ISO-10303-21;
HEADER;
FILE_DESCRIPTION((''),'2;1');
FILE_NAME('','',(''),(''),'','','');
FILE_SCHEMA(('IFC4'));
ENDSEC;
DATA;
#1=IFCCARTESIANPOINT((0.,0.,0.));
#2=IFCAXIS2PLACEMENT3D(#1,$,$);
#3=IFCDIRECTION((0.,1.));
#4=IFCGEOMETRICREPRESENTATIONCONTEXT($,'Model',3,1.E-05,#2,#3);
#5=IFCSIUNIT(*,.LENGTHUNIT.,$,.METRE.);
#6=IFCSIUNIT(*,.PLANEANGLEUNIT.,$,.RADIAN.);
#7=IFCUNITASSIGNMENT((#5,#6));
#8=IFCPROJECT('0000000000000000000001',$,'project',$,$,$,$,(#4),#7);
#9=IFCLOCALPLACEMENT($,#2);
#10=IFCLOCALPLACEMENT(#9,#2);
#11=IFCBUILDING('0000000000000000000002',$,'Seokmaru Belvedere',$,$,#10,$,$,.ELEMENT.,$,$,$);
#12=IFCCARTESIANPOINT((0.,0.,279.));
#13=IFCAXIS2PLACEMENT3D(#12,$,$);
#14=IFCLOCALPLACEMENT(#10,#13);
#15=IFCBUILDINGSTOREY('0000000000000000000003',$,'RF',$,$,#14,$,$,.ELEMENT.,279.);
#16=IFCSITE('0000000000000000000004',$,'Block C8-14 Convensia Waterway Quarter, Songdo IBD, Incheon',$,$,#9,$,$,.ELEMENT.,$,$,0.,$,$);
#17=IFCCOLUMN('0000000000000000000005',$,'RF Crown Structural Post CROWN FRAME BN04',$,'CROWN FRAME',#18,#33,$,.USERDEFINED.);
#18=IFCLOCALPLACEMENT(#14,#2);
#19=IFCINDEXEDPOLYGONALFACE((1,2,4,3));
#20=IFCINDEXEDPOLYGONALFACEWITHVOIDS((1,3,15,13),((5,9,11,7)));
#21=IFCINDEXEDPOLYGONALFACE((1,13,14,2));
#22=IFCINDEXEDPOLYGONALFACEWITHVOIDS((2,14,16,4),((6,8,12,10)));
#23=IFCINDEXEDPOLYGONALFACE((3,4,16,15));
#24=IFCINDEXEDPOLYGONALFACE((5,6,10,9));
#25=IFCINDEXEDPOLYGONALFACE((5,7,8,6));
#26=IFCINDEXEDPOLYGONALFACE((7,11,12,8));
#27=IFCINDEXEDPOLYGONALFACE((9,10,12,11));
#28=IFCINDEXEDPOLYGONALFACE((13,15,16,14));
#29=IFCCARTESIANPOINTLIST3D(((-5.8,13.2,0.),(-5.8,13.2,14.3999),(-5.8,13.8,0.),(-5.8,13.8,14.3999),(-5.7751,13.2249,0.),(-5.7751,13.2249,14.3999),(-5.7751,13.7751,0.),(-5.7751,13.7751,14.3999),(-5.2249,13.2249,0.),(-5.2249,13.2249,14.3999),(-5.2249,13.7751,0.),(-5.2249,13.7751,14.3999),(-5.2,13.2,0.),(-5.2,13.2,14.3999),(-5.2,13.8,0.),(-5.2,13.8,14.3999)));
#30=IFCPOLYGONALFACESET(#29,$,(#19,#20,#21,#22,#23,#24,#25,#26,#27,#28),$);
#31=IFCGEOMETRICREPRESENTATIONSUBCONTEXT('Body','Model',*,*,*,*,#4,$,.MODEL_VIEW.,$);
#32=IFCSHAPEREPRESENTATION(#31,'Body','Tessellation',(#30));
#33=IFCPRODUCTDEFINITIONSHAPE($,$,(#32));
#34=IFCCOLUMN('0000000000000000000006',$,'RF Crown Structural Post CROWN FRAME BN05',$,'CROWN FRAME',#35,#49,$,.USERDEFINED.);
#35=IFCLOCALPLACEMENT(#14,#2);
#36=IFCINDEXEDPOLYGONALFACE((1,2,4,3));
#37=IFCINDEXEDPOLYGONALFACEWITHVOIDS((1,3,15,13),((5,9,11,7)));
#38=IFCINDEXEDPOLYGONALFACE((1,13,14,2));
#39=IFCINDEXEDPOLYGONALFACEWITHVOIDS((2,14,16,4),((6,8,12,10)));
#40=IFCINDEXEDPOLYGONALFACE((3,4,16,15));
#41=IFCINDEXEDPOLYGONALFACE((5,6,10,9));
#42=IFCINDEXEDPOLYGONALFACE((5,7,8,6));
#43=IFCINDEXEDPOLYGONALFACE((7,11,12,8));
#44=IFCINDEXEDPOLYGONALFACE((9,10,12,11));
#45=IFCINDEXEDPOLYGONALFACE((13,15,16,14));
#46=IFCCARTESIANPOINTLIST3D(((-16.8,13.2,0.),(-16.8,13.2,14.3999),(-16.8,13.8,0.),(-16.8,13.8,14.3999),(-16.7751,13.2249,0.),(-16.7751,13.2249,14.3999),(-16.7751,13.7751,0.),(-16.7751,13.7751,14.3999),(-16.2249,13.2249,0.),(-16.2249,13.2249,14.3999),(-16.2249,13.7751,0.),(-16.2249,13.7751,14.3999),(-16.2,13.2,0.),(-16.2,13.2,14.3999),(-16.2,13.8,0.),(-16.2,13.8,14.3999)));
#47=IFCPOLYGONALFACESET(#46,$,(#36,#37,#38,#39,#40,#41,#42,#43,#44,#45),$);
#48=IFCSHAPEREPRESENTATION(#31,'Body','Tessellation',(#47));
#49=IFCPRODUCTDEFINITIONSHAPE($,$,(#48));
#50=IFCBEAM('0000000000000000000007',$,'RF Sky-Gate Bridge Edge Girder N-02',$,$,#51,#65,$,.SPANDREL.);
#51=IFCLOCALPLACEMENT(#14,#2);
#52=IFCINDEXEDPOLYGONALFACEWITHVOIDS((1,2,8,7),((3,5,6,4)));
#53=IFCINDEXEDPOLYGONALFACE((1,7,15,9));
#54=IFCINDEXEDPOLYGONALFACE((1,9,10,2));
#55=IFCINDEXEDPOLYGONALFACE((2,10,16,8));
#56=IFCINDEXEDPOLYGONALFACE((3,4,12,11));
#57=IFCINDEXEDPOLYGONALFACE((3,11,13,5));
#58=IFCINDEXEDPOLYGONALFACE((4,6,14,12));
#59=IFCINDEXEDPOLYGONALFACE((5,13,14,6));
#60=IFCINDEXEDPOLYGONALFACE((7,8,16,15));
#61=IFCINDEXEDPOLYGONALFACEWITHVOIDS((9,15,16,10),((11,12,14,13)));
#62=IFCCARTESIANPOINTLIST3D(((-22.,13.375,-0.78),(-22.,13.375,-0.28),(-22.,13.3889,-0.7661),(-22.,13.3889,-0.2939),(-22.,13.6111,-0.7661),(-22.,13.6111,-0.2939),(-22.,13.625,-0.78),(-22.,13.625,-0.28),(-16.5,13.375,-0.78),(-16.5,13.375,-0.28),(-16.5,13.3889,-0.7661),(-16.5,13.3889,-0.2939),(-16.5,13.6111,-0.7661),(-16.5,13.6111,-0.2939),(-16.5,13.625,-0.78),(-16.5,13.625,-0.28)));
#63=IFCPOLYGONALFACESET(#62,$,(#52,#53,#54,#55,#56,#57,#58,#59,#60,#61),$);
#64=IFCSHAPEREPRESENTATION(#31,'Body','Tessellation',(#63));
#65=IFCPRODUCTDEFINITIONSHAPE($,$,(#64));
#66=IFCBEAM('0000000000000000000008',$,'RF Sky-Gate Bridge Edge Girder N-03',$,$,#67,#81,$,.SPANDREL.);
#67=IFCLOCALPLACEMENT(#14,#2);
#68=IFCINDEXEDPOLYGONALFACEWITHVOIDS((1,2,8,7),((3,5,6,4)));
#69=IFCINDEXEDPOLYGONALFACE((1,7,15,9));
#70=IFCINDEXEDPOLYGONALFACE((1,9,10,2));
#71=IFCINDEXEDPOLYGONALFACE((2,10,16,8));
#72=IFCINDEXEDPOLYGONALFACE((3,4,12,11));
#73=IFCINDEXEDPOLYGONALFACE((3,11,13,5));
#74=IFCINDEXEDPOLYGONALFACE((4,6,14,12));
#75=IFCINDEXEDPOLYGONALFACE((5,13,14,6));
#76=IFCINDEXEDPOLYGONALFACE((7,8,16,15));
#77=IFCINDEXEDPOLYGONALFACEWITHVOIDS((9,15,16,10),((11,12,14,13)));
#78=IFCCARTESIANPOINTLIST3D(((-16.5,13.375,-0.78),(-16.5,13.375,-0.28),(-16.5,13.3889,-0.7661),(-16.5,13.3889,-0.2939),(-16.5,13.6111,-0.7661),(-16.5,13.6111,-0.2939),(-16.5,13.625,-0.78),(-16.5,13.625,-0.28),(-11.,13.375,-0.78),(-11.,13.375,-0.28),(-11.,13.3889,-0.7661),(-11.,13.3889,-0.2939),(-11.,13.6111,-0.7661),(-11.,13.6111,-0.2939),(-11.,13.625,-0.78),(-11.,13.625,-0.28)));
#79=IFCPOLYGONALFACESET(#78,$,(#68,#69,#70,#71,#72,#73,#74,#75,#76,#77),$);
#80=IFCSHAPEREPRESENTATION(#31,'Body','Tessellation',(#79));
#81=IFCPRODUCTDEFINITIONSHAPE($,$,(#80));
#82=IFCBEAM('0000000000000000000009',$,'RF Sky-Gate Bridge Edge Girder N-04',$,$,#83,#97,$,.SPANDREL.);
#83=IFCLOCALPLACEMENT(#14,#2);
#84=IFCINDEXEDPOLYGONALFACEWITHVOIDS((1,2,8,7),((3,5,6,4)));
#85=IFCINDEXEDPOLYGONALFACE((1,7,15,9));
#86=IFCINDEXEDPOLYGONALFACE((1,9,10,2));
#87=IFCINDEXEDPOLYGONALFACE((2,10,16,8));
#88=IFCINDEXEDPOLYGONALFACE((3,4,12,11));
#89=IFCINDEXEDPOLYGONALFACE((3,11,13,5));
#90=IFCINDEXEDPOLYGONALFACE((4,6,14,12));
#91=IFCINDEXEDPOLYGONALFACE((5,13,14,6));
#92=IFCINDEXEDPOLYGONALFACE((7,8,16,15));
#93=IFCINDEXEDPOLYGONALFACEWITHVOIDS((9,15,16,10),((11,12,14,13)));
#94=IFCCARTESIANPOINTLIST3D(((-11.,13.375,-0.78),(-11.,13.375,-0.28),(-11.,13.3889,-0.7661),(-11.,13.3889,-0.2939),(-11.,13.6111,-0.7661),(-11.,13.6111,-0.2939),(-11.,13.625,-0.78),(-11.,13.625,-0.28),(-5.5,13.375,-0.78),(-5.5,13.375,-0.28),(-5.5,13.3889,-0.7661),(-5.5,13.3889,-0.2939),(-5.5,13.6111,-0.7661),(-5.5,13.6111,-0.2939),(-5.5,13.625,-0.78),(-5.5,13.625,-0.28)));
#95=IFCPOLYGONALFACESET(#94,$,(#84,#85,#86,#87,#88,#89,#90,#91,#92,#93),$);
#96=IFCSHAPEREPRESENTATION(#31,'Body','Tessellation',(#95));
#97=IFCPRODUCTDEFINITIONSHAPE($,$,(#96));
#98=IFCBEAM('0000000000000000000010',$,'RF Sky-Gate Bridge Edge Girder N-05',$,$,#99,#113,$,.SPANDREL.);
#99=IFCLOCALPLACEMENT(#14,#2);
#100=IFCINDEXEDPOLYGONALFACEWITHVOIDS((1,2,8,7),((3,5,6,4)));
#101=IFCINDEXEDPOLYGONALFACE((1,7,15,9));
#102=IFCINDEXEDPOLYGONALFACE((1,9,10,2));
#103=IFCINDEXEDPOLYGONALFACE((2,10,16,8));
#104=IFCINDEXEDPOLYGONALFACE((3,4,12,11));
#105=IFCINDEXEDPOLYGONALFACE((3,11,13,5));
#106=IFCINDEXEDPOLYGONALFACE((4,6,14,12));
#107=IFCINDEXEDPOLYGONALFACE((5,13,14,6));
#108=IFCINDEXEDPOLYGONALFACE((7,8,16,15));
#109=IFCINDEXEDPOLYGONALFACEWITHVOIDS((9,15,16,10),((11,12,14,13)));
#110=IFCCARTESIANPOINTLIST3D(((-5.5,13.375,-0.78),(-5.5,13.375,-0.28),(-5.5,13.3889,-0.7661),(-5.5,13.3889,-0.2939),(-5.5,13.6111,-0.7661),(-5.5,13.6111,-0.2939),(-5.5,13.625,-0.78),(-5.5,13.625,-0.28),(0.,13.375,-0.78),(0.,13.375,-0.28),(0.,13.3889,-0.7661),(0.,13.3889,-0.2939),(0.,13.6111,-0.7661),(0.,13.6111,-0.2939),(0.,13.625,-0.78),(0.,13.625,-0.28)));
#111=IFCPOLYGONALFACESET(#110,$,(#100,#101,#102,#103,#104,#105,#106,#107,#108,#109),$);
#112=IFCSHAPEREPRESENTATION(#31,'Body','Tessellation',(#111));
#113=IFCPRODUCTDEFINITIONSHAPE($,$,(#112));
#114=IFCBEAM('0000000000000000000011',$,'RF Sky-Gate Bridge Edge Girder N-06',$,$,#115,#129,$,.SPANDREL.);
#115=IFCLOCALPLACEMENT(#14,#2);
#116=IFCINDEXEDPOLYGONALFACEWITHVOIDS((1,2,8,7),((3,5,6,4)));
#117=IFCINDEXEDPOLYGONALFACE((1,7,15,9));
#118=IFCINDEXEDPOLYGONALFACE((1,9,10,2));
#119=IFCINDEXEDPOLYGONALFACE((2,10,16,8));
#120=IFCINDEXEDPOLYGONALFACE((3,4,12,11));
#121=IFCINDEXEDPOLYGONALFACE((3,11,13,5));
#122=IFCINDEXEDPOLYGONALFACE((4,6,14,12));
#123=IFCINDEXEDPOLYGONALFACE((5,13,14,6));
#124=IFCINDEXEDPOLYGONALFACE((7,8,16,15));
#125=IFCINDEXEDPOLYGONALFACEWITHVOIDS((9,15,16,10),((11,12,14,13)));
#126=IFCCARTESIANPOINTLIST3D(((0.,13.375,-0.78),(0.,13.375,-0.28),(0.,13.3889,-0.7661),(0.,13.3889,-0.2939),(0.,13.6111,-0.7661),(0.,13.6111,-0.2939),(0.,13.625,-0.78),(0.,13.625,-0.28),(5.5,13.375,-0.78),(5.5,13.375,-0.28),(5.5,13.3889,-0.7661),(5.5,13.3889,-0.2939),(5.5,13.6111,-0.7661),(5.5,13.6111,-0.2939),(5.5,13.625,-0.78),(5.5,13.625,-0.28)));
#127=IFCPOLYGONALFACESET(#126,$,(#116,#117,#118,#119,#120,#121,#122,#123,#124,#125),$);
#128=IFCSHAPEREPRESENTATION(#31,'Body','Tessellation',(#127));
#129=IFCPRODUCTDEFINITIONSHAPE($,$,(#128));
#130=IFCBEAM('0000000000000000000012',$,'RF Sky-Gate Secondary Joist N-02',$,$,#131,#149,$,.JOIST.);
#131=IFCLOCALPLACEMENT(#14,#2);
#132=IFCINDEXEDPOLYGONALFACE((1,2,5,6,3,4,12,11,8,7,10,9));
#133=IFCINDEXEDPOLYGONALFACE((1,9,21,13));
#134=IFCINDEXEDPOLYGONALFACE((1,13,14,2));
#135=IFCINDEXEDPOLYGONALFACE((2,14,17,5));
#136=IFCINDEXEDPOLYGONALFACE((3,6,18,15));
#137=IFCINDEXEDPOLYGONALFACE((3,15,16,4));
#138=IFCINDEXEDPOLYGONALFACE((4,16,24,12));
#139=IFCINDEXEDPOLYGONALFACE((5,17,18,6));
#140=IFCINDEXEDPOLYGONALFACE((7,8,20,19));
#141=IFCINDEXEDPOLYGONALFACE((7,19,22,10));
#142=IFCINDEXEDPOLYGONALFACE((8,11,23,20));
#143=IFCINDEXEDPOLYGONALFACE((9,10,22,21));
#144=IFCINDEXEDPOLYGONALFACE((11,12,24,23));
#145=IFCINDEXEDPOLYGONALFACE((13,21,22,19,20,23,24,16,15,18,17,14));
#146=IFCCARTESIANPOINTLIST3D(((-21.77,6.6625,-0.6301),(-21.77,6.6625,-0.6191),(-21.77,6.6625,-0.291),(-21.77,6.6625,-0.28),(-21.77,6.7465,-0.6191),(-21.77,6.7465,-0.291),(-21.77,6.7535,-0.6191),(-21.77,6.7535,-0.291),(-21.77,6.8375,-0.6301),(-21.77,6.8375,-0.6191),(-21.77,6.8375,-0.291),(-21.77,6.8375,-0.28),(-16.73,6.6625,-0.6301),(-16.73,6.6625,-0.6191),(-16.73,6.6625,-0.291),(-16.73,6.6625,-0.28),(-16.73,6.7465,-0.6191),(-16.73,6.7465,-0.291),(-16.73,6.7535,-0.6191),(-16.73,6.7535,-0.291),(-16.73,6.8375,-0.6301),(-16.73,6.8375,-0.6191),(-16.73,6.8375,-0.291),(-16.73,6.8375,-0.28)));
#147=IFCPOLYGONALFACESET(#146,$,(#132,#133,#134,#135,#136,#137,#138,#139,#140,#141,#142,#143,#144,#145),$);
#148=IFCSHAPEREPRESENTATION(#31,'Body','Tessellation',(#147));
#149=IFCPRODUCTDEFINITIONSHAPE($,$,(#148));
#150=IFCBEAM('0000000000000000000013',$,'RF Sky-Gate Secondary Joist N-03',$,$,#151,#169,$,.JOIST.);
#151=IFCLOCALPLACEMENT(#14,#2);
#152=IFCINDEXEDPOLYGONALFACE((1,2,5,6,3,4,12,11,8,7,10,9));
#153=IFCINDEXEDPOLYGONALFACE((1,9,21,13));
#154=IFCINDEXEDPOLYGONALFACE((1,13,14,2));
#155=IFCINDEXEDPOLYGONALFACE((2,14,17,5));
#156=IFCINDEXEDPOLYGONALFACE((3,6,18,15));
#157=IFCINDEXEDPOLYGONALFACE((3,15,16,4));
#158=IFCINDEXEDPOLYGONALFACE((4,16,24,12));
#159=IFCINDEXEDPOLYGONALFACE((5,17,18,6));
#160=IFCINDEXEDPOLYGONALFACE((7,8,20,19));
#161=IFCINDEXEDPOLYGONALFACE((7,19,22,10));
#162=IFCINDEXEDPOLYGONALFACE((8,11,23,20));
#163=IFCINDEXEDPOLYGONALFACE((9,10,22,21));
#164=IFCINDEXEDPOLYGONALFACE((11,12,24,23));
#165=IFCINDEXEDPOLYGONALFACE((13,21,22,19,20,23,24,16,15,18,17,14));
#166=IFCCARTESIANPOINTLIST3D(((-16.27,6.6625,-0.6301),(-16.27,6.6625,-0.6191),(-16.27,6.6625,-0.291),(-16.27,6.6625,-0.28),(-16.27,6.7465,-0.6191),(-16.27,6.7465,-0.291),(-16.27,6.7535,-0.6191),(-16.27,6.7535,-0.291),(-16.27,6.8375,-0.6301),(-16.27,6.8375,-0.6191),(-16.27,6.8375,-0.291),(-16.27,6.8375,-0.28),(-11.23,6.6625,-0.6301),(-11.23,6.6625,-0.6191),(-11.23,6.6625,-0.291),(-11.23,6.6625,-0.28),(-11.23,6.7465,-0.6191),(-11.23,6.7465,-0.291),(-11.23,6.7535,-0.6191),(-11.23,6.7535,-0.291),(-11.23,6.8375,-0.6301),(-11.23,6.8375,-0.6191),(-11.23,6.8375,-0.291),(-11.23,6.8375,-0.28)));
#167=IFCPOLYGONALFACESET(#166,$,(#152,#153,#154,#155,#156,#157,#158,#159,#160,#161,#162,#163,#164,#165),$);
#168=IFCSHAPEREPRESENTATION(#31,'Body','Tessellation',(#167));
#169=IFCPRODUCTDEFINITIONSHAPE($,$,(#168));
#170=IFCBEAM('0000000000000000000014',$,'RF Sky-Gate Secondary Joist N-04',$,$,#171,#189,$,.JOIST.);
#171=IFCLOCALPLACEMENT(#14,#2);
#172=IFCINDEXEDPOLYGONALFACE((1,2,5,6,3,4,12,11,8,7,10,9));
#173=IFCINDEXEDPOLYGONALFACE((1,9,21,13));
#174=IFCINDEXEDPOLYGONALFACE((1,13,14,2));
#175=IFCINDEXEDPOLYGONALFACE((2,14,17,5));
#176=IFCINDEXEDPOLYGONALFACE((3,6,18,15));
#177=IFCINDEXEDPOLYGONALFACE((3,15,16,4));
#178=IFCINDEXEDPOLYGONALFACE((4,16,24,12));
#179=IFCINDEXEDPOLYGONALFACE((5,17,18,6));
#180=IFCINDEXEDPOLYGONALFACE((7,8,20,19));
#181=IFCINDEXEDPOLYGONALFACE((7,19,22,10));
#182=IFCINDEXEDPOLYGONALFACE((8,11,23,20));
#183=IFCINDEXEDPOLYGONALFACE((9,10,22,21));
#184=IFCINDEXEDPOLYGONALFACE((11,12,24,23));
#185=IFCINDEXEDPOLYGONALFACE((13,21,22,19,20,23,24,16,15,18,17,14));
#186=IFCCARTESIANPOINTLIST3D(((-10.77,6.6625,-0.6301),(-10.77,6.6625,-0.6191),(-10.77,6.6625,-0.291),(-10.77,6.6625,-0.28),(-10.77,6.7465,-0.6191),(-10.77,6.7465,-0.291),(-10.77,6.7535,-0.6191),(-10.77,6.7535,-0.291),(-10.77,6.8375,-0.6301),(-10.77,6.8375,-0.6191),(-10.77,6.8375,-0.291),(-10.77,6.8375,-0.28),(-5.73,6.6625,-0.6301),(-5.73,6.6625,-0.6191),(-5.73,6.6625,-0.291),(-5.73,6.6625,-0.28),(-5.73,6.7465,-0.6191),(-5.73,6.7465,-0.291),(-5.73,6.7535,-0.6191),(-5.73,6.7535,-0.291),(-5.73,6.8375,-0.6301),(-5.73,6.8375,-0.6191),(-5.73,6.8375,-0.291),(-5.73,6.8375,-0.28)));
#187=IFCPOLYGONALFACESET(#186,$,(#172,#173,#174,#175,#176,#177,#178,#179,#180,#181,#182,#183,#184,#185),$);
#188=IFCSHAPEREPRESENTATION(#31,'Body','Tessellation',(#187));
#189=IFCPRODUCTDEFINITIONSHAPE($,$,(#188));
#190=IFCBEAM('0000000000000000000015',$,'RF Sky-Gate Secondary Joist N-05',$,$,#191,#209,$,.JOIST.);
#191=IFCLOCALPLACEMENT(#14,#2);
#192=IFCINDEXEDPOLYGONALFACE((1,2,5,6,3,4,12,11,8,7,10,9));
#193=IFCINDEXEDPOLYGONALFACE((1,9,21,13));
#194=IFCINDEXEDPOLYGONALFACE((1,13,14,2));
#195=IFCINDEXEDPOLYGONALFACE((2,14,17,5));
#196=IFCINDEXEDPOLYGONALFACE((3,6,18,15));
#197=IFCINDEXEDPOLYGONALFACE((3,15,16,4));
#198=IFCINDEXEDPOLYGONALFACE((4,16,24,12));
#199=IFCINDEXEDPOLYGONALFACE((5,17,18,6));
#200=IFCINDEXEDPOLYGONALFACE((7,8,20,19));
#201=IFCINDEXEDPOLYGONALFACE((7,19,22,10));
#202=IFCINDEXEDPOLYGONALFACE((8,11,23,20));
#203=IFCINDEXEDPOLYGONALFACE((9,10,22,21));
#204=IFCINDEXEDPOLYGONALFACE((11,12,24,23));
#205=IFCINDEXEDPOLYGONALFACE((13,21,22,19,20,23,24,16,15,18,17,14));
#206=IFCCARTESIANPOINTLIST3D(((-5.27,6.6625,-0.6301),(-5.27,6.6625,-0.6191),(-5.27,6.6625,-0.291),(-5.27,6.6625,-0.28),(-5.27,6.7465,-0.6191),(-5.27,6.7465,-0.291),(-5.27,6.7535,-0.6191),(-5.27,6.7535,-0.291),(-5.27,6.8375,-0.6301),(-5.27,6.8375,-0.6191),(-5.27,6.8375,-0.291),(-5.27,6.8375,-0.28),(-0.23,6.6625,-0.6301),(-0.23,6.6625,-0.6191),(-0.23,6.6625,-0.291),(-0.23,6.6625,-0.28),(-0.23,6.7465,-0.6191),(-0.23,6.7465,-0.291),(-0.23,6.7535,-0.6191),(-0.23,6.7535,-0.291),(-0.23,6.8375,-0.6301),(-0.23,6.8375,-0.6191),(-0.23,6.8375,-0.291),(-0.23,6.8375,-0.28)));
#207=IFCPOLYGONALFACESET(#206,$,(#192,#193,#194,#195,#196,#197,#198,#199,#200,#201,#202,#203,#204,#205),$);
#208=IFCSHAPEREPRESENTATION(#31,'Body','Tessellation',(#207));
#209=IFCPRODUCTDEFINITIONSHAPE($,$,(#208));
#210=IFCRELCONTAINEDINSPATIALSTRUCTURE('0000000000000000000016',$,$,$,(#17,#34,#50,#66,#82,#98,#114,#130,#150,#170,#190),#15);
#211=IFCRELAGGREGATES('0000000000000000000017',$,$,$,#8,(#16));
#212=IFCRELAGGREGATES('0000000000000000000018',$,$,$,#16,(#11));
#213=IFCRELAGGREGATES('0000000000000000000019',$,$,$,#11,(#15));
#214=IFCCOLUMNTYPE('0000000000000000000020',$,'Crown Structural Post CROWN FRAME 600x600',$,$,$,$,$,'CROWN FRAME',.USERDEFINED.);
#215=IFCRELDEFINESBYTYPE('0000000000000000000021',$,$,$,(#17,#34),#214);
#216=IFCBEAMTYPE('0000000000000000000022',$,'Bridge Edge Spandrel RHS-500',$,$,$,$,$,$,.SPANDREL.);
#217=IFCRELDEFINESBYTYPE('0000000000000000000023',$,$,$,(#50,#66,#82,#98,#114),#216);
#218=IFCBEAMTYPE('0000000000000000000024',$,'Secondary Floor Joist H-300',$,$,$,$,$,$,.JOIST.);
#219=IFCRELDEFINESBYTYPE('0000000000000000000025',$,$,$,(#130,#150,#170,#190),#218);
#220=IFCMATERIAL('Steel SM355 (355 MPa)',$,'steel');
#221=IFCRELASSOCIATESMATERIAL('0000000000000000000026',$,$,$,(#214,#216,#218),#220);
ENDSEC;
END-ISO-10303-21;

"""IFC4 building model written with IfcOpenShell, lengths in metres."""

from ifc_helpers import new_model, si_unit, direction, frame, origin, origin_2d, place, context, subcontext, project, spatial, hollow_rectangle, i_section, extrude, source, transform, mapped, material, material_profile, profile_set, type_object, type_shapes, element, save


model = new_model("IFC4")

# Units and contexts
model_context = context("Model", 3, precision=1e-05, world=origin(), true_north=direction((0.0, 1.0)))
body_context = subcontext(model_context, "Body", "Model", "MODEL_VIEW")
ifc_project = project(units=[si_unit("LENGTHUNIT", "METRE"), si_unit("PLANEANGLEUNIT", "RADIAN")], contexts=[model_context])

# Site, building, storey
site_placement = place(None, origin())
site = spatial("IfcSite", under=ifc_project, at=site_placement, Name="Block C8-14 Convensia Waterway Quarter, Songdo IBD, Incheon", CompositionType="ELEMENT", RefElevation=0.0)
building_placement = place(site_placement, origin())
building = spatial("IfcBuilding", under=site, at=building_placement, Name="Seokmaru Belvedere", CompositionType="ELEMENT")
storey_placement = place(building_placement, frame((0.0, 0.0, 279.0)))
storey = spatial("IfcBuildingStorey", under=building, at=storey_placement, Name="RF", CompositionType="ELEMENT", Elevation=279.0)

# Columns
ifc_material_1 = material(Name="Steel SM355 (355 MPa)", Category="steel")
ifc_material_profile_1 = material_profile(ifc_material_1, hollow_rectangle(XDim=0.6001, YDim=0.6001, WallThickness=0.0249, at=origin_2d()), Name="HSS-600x600x25")
ifc_profile_set_1 = profile_set([ifc_material_profile_1], Name="Steel SM355 (355 MPa)")
column_type = type_object("IfcColumnType", Name="Crown Structural Post CROWN FRAME 600x600", ElementType="CROWN FRAME", PredefinedType="USERDEFINED", material=ifc_profile_set_1)
shared_shape_1 = source(origin(), body_context, "Body", "SweptSolid", [
    extrude(hollow_rectangle(XDim=0.6001, YDim=0.6001, WallThickness=0.0249, at=origin_2d()), origin(), (0.0, 0.0, 1.0), 14.3999),
])
type_shapes(column_type, [shared_shape_1])
for number, where, z_axis, x_axis, name in (
    (1, (-5.5, 13.5, 0.0), (0.0, 0.0, 1.0), (1.0, 0.0, 0.0), "RF Crown Structural Post CROWN FRAME BN04"),
    (2, (-16.5, 13.5, 0.0), (0.0, 0.0, 1.0), (1.0, 0.0, 0.0), "RF Crown Structural Post CROWN FRAME BN05"),
):
    element("IfcColumn", number, at=place(storey_placement, frame(where, z_axis=z_axis, x_axis=x_axis)), inside=storey, type_object=column_type, Name=name, ObjectType="CROWN FRAME", PredefinedType="USERDEFINED", context=body_context, shape_type="MappedRepresentation", body=[
        mapped(shared_shape_1, transform((0.0, 0.0, 0.0), scale=1.0)),
    ])

# Beams
ifc_material_profile_2 = material_profile(ifc_material_1, hollow_rectangle(XDim=0.25, YDim=0.5, WallThickness=0.0139, at=origin_2d()), Name="RHS-500x250x14")
ifc_profile_set_2 = profile_set([ifc_material_profile_2], Name="Steel SM355 (355 MPa)")
beam_type_1 = type_object("IfcBeamType", Name="Bridge Edge Spandrel RHS-500", PredefinedType="SPANDREL", material=ifc_profile_set_2)
shared_shape_2 = source(origin(), body_context, "Body", "SweptSolid", [
    extrude(hollow_rectangle(XDim=0.25, YDim=0.5, WallThickness=0.0139, at=origin_2d()), origin(), (0.0, 0.0, 1.0), 5.5),
])
type_shapes(beam_type_1, [shared_shape_2])
for number, where, z_axis, x_axis, name in (
    (3, (-22.0, 13.5, -0.53), (1.0, 0.0, 0.0), (0.0, 1.0, 0.0), "RF Sky-Gate Bridge Edge Girder N-02"),
    (4, (-16.5, 13.5, -0.53), (1.0, 0.0, 0.0), (0.0, 1.0, 0.0), "RF Sky-Gate Bridge Edge Girder N-03"),
    (5, (-11.0, 13.5, -0.53), (1.0, 0.0, 0.0), (0.0, 1.0, 0.0), "RF Sky-Gate Bridge Edge Girder N-04"),
    (6, (-5.5, 13.5, -0.53), (1.0, 0.0, 0.0), (0.0, 1.0, 0.0), "RF Sky-Gate Bridge Edge Girder N-05"),
    (7, (0.0, 13.5, -0.53), (1.0, 0.0, 0.0), (0.0, 1.0, 0.0), "RF Sky-Gate Bridge Edge Girder N-06"),
):
    element("IfcBeam", number, at=place(storey_placement, frame(where, z_axis=z_axis, x_axis=x_axis)), inside=storey, type_object=beam_type_1, Name=name, PredefinedType="SPANDREL", context=body_context, shape_type="MappedRepresentation", body=[
        mapped(shared_shape_2, transform((0.0, 0.0, 0.0), scale=1.0)),
    ])
ifc_material_profile_3 = material_profile(ifc_material_1, i_section(OverallWidth=0.175, OverallDepth=0.3501, WebThickness=0.0071, FlangeThickness=0.011, at=origin_2d()), Name="H-350x175x7x11")
ifc_profile_set_3 = profile_set([ifc_material_profile_3], Name="Steel SM355 (355 MPa)")
beam_type_2 = type_object("IfcBeamType", Name="Secondary Floor Joist H-300", PredefinedType="JOIST", material=ifc_profile_set_3)
shared_shape_3 = source(origin(), body_context, "Body", "SweptSolid", [
    extrude(i_section(OverallWidth=0.175, OverallDepth=0.3501, WebThickness=0.0071, FlangeThickness=0.011, at=origin_2d()), origin(), (0.0, 0.0, 1.0), 5.04),
])
type_shapes(beam_type_2, [shared_shape_3])
for number, where, z_axis, x_axis, name in (
    (8, (-21.77, 6.75, -0.4551), (1.0, 0.0, 0.0), (0.0, 1.0, 0.0), "RF Sky-Gate Secondary Joist N-02"),
    (9, (-16.27, 6.75, -0.4551), (1.0, 0.0, 0.0), (0.0, 1.0, 0.0), "RF Sky-Gate Secondary Joist N-03"),
    (10, (-10.77, 6.75, -0.4551), (1.0, 0.0, 0.0), (0.0, 1.0, 0.0), "RF Sky-Gate Secondary Joist N-04"),
    (11, (-5.27, 6.75, -0.4551), (1.0, 0.0, 0.0), (0.0, 1.0, 0.0), "RF Sky-Gate Secondary Joist N-05"),
):
    element("IfcBeam", number, at=place(storey_placement, frame(where, z_axis=z_axis, x_axis=x_axis)), inside=storey, type_object=beam_type_2, Name=name, PredefinedType="JOIST", context=body_context, shape_type="MappedRepresentation", body=[
        mapped(shared_shape_3, transform((0.0, 0.0, 0.0), scale=1.0)),
    ])

save(model, "model.ifc")
